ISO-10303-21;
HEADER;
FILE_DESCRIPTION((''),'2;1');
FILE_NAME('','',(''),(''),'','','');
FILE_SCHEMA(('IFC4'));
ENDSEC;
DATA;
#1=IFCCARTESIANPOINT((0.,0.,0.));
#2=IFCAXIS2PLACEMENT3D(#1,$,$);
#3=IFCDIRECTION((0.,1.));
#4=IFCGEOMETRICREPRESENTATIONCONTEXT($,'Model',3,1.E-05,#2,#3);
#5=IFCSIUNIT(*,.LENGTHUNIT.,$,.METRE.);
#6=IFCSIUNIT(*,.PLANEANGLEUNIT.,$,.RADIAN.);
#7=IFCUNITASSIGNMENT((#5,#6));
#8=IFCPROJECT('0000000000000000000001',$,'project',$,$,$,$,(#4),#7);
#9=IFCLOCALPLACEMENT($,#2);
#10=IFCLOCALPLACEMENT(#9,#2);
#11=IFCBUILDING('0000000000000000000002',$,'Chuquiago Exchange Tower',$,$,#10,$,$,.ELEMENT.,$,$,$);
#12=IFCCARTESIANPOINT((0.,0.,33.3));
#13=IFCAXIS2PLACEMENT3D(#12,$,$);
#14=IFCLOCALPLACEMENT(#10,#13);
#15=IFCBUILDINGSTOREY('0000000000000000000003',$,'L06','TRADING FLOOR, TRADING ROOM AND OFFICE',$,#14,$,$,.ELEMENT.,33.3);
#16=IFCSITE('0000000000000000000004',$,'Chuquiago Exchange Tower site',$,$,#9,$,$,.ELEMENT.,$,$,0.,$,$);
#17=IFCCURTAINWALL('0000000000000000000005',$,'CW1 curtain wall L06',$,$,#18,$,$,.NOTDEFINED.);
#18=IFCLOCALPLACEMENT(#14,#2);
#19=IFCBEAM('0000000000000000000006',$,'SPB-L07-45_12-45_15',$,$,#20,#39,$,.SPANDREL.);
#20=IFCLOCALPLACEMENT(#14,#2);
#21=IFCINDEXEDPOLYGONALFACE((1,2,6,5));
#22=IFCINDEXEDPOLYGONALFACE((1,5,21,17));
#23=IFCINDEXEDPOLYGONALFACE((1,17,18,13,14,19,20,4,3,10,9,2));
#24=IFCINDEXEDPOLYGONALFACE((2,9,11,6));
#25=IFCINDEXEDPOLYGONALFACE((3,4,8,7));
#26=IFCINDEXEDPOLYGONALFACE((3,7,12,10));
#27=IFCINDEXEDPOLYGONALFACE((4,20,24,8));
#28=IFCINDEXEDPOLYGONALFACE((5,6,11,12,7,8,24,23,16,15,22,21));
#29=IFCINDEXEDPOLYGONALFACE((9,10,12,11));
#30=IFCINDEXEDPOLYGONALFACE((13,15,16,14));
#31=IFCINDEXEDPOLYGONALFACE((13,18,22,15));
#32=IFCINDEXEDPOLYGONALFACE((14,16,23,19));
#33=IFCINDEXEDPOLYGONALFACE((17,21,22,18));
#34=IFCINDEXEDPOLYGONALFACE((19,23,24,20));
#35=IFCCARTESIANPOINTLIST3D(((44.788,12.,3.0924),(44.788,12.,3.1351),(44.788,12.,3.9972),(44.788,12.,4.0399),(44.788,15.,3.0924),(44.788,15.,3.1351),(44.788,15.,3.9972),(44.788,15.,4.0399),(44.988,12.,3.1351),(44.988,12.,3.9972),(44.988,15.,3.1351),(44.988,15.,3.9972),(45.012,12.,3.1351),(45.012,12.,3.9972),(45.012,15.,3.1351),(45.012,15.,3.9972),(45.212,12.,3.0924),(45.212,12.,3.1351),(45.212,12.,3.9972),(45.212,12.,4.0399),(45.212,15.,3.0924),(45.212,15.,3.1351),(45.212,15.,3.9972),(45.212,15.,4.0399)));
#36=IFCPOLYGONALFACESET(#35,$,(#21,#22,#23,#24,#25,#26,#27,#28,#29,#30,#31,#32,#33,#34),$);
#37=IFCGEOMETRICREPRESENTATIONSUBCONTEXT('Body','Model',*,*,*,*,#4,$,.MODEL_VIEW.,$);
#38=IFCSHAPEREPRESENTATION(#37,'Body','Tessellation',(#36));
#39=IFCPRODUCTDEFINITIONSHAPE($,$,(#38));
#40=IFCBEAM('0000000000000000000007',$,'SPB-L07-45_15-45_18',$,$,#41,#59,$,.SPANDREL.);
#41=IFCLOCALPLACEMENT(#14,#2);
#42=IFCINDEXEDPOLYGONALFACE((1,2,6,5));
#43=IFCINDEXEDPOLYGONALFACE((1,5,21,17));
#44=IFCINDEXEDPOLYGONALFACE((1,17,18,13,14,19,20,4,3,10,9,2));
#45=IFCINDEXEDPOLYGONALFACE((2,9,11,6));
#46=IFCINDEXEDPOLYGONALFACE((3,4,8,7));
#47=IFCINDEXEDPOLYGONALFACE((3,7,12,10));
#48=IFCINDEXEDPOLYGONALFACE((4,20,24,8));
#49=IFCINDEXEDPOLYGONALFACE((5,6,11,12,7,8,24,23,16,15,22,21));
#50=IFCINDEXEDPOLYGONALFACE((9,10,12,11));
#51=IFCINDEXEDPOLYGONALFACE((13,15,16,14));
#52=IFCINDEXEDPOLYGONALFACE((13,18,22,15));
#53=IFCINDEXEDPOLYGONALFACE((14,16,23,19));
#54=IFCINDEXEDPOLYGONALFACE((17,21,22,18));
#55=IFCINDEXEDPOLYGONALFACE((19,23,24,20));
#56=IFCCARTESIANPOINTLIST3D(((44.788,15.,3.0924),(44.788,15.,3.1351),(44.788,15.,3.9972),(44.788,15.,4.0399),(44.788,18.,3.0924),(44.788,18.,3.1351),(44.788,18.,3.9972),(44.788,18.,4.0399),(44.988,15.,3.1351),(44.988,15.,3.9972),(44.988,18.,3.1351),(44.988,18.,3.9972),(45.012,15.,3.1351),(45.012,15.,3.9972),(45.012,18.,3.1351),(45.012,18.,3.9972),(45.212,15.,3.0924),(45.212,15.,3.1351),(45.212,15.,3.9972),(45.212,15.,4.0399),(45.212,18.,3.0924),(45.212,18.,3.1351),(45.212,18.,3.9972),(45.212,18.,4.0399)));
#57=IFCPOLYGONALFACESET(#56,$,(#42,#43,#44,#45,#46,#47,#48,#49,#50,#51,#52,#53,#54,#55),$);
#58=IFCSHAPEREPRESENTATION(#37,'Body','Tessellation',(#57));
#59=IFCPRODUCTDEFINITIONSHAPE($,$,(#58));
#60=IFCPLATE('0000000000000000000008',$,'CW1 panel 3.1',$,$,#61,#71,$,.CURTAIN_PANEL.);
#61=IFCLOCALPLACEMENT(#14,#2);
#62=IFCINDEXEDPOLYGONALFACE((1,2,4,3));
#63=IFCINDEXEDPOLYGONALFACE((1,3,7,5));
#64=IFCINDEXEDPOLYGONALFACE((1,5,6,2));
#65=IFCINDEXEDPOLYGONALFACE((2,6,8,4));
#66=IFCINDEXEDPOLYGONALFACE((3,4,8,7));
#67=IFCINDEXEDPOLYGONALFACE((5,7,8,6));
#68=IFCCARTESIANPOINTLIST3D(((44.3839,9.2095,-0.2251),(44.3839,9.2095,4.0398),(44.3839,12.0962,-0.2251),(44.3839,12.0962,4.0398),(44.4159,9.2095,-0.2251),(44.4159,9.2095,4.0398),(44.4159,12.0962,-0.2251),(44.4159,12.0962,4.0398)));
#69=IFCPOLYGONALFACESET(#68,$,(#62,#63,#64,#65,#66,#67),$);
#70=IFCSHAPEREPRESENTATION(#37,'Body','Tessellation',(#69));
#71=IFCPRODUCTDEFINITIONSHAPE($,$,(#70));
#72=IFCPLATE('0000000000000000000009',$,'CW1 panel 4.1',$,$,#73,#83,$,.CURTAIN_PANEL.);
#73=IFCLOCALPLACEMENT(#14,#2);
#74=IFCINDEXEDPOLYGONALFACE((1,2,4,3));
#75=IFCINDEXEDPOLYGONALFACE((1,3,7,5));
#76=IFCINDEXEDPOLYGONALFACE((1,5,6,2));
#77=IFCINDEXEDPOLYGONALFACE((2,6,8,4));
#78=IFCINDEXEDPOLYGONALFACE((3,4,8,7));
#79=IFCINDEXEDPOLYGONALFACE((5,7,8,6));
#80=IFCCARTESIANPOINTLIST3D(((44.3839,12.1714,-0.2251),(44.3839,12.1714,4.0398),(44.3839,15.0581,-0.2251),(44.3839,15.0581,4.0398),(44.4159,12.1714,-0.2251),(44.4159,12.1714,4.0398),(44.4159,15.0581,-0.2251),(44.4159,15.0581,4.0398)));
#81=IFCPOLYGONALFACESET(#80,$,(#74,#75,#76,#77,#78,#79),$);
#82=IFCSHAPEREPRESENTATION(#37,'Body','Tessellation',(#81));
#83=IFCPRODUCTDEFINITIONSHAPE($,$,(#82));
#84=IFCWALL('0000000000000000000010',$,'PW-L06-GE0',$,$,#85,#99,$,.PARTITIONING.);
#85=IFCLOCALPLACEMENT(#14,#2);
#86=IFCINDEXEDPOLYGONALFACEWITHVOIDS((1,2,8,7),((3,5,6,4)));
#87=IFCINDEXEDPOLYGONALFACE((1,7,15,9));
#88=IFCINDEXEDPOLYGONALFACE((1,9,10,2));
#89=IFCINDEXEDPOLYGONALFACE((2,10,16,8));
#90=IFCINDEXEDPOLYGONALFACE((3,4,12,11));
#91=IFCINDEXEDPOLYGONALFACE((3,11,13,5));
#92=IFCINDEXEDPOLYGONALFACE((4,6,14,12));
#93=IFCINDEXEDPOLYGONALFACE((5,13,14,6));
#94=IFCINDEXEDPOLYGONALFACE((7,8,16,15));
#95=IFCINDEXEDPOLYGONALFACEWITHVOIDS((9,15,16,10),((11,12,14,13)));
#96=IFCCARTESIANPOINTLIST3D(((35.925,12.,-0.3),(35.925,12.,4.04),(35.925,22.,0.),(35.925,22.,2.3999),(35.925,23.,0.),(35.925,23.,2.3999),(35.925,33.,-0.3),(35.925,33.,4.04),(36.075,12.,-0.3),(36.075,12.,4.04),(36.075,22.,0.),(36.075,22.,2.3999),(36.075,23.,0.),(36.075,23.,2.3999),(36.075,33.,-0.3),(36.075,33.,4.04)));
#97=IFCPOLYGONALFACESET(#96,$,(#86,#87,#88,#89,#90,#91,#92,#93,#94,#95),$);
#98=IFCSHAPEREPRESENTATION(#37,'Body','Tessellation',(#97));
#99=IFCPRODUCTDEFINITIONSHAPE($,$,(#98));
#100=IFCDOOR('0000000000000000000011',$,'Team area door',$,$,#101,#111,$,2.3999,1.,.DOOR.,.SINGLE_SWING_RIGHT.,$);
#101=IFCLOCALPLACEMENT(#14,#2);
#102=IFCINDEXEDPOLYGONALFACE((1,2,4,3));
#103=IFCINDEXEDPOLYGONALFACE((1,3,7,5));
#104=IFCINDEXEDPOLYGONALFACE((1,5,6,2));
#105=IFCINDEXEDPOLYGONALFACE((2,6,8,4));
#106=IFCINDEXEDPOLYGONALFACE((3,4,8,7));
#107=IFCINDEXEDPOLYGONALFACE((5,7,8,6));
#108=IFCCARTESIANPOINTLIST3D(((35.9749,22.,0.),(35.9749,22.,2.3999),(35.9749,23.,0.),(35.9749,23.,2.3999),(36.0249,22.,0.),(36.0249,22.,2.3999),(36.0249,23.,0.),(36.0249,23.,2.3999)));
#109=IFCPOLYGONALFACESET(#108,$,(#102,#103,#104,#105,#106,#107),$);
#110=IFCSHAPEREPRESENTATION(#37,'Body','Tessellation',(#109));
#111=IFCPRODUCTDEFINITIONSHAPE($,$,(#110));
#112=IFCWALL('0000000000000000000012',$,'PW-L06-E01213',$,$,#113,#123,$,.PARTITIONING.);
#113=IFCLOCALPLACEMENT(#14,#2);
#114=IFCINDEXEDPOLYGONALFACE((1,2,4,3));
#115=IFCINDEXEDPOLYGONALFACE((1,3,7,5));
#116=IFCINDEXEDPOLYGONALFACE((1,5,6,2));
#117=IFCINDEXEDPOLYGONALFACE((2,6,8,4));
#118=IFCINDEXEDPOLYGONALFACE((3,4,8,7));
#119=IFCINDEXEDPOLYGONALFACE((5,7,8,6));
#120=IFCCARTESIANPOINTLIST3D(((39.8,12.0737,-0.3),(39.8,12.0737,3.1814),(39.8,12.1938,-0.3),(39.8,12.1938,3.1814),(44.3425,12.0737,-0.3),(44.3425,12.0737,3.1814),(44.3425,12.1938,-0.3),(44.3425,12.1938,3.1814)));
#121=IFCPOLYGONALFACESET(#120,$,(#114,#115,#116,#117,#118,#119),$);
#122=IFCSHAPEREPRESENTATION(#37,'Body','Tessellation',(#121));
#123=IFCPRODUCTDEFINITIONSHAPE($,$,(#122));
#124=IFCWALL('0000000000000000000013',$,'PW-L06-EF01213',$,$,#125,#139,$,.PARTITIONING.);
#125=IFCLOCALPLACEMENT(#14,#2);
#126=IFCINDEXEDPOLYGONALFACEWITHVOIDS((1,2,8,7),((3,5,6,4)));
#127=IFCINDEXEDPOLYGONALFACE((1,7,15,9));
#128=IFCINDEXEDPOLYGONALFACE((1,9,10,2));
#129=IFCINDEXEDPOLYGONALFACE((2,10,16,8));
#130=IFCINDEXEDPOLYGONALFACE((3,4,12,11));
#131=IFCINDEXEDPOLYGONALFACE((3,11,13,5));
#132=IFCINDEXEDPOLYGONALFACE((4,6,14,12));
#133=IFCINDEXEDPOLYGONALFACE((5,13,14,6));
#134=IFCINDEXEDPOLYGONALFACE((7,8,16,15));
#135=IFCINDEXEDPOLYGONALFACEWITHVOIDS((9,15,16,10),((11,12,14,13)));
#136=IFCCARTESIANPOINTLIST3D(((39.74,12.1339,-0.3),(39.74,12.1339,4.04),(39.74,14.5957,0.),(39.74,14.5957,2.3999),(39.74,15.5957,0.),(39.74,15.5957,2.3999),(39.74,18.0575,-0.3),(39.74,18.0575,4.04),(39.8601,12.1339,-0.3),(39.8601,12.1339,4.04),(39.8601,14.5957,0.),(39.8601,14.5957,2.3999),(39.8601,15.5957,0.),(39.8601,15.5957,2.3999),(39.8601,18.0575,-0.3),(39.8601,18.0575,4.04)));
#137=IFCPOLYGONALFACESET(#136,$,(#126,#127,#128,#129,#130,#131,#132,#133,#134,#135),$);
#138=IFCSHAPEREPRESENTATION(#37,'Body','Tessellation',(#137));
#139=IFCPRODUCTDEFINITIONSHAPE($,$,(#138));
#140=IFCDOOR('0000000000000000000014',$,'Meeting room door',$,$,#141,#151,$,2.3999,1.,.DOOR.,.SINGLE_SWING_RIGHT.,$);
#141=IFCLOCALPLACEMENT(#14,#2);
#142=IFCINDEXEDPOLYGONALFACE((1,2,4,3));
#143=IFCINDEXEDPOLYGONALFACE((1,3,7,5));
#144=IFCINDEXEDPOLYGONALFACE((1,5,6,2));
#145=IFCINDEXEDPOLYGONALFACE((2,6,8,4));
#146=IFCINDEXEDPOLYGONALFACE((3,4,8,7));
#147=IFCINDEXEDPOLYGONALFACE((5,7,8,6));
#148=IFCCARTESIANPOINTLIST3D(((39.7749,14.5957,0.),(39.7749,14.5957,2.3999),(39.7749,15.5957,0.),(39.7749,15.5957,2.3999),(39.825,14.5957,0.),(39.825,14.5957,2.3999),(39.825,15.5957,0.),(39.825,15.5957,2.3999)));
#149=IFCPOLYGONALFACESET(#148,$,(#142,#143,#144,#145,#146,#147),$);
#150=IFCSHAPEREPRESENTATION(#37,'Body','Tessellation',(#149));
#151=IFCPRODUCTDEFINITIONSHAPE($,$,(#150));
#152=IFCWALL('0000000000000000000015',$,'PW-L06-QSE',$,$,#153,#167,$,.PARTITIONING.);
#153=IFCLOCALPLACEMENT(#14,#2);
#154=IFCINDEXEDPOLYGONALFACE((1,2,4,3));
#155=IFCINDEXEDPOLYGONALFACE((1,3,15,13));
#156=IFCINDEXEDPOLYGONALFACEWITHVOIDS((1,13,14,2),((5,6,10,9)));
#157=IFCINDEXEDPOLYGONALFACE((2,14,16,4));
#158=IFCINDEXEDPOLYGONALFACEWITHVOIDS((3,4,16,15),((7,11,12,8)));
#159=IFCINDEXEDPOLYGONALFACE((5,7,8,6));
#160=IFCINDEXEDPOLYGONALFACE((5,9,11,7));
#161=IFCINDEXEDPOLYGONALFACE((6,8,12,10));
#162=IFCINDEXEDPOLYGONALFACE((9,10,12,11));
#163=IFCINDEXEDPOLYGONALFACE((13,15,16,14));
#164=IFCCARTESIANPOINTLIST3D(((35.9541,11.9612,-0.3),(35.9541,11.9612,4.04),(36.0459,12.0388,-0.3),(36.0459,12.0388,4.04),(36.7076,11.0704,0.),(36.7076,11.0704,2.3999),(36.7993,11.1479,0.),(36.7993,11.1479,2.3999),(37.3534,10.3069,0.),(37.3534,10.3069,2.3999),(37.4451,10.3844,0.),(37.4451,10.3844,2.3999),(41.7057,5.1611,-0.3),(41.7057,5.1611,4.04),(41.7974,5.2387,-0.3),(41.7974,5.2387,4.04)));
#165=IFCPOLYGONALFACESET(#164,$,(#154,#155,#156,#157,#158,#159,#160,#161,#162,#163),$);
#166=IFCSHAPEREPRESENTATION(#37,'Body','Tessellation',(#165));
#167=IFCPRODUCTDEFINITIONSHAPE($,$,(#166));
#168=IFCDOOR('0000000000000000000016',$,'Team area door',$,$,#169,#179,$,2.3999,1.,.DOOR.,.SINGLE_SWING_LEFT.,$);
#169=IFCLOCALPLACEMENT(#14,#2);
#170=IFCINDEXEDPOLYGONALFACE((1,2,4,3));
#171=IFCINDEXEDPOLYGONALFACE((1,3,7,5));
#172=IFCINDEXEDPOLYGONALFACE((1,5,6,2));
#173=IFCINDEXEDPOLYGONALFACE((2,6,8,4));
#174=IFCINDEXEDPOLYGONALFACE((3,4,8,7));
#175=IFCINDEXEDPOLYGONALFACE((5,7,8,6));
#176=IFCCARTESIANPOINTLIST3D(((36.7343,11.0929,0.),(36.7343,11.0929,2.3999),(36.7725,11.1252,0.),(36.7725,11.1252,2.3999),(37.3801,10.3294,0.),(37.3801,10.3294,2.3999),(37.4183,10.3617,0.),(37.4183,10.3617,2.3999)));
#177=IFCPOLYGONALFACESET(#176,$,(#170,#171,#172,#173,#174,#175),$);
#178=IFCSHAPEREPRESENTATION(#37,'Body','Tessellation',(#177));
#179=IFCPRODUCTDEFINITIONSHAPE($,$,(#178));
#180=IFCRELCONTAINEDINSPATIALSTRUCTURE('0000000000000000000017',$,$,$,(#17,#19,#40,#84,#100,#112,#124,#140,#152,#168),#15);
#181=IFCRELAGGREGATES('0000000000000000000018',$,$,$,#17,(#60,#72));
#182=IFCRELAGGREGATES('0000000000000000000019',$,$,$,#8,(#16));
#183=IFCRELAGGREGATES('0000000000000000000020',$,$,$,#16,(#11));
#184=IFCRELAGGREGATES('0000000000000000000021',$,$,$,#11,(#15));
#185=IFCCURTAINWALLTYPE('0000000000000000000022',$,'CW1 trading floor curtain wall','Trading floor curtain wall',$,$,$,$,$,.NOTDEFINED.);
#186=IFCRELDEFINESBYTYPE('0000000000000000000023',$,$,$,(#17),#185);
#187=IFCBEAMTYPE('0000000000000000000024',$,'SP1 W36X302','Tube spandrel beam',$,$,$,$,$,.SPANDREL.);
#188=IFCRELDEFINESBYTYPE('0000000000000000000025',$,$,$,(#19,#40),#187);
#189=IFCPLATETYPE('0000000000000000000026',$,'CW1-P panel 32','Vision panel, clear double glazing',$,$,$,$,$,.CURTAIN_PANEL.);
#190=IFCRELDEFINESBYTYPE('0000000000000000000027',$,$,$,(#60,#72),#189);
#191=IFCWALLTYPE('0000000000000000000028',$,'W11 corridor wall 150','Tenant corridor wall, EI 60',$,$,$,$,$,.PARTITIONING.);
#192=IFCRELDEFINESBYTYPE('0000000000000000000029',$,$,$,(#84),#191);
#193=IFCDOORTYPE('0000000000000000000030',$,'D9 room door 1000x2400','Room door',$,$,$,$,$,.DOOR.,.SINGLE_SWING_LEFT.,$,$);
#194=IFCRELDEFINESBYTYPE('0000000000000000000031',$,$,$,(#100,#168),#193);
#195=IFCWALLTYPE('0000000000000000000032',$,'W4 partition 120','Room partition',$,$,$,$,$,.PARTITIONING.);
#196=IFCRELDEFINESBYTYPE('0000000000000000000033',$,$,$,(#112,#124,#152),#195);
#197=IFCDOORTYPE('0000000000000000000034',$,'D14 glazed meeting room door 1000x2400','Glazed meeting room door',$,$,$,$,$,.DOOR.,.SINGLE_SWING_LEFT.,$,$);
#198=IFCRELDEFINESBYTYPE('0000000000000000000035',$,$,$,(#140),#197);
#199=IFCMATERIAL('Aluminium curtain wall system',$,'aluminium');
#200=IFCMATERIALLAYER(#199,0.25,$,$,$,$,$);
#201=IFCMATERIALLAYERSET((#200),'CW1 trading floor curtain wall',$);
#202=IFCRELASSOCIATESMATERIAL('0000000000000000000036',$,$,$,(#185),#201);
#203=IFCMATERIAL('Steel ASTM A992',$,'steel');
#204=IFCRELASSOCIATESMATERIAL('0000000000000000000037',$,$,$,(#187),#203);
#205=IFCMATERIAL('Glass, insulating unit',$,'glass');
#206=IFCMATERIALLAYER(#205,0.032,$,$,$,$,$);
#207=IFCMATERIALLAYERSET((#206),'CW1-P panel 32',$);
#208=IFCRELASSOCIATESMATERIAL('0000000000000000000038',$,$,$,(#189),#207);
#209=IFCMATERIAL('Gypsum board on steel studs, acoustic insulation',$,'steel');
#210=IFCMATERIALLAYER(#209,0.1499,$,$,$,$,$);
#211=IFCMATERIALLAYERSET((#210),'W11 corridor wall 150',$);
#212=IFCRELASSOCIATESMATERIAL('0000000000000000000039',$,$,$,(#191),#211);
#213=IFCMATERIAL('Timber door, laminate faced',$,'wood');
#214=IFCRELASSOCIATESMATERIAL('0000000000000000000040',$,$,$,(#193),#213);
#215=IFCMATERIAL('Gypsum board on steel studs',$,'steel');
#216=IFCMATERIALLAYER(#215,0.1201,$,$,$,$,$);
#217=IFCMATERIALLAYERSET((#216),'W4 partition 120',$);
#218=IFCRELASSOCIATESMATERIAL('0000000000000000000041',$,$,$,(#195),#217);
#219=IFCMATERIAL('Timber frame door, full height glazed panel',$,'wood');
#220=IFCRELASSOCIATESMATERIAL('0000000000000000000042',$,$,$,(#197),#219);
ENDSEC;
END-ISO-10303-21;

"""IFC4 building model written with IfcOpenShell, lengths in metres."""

from ifc_helpers import new_model, si_unit, direction, frame, frame_2d, origin, origin_2d, place, context, subcontext, project, spatial, rectangle, i_section, extrude, material, layer, layer_set, material_profile, profile_set, type_object, element, fill, aggregate, save


model = new_model("IFC4")

# Units and contexts
model_context = context("Model", 3, precision=1e-05, world=origin(), true_north=direction((0.0, 1.0)))
body_context = subcontext(model_context, "Body", "Model", "MODEL_VIEW")
ifc_project = project(units=[si_unit("LENGTHUNIT", "METRE"), si_unit("PLANEANGLEUNIT", "RADIAN")], contexts=[model_context])

# Site, building, storey
site_placement = place(None, origin())
site = spatial("IfcSite", under=ifc_project, at=site_placement, Name="Chuquiago Exchange Tower site", CompositionType="ELEMENT", RefElevation=0.0)
building_placement = place(site_placement, origin())
building = spatial("IfcBuilding", under=site, at=building_placement, Name="Chuquiago Exchange Tower", CompositionType="ELEMENT")
storey_placement = place(building_placement, frame((0.0, 0.0, 33.3)))
storey = spatial("IfcBuildingStorey", under=building, at=storey_placement, Name="L06", Description="TRADING FLOOR, TRADING ROOM AND OFFICE", CompositionType="ELEMENT", Elevation=33.3)

# Curtain wall
ifc_material_1 = material(Name="Aluminium curtain wall system", Category="aluminium")
ifc_layer_1 = layer(ifc_material_1, 0.25)
ifc_layer_set_1 = layer_set([ifc_layer_1], Name="CW1 trading floor curtain wall")
curtain_wall_type = type_object("IfcCurtainWallType", Name="CW1 trading floor curtain wall", Description="Trading floor curtain wall", PredefinedType="NOTDEFINED", material=ifc_layer_set_1)
curtain_wall_placement = place(storey_placement, origin())
curtain_wall = element("IfcCurtainWall", 1, at=curtain_wall_placement, inside=storey, type_object=curtain_wall_type, Name="CW1 curtain wall L06", PredefinedType="NOTDEFINED")

# Beams
ifc_material_2 = material(Name="Steel ASTM A992", Category="steel")
ifc_material_profile_1 = material_profile(ifc_material_2, i_section(OverallWidth=0.4241, OverallDepth=0.9475, WebThickness=0.0239, FlangeThickness=0.0427, at=origin_2d()), Name="W36X302")
ifc_profile_set_1 = profile_set([ifc_material_profile_1], Name="Steel ASTM A992")
beam_type = type_object("IfcBeamType", Name="SP1 W36X302", Description="Tube spandrel beam", PredefinedType="SPANDREL", material=ifc_profile_set_1)
for number, where, z_axis, x_axis, name in (
    (2, (45.0, 12.0, 3.5662), (0.0, 1.0, 0.0), (-1.0, 0.0, 0.0), "SPB-L07-45_12-45_15"),
    (3, (45.0, 15.0, 3.5662), (0.0, 1.0, 0.0), (-1.0, 0.0, 0.0), "SPB-L07-45_15-45_18"),
):
    element("IfcBeam", number, at=place(storey_placement, frame(where, z_axis=z_axis, x_axis=x_axis)), inside=storey, type_object=beam_type, Name=name, PredefinedType="SPANDREL", context=body_context, shape_type="SweptSolid", body=[
        extrude(i_section(OverallWidth=0.4241, OverallDepth=0.9475, WebThickness=0.0239, FlangeThickness=0.0427, at=origin_2d()), origin(), (0.0, 0.0, 1.0), 3.0),
    ])

# Plates
ifc_material_3 = material(Name="Glass, insulating unit", Category="glass")
ifc_layer_2 = layer(ifc_material_3, 0.032)
ifc_layer_set_2 = layer_set([ifc_layer_2], Name="CW1-P panel 32")
plate_type = type_object("IfcPlateType", Name="CW1-P panel 32", Description="Vision panel, clear double glazing", PredefinedType="CURTAIN_PANEL", material=ifc_layer_set_2)
plate_1_placement = place(storey_placement, frame((44.3999, 10.6528, -0.2251), z_axis=(0.0, 0.0, 1.0), x_axis=(0.0, 1.0, 0.0)))
plate_1 = element("IfcPlate", 4, at=plate_1_placement, type_object=plate_type, Name="CW1 panel 3.1", PredefinedType="CURTAIN_PANEL", context=body_context, shape_type="SweptSolid", body=[
    extrude(rectangle(XDim=2.8867, YDim=0.032, at=origin_2d()), origin(), (0.0, 0.0, 1.0), 4.2649),
])
plate_2_placement = place(storey_placement, frame((44.3999, 13.6147, -0.2251), z_axis=(0.0, 0.0, 1.0), x_axis=(0.0, 1.0, 0.0)))
plate_2 = element("IfcPlate", 5, at=plate_2_placement, type_object=plate_type, Name="CW1 panel 4.1", PredefinedType="CURTAIN_PANEL", context=body_context, shape_type="SweptSolid", body=[
    extrude(rectangle(XDim=2.8867, YDim=0.032, at=origin_2d()), origin(), (0.0, 0.0, 1.0), 4.2649),
])
aggregate(curtain_wall, [plate_1, plate_2])

# Wall, opening, door
ifc_material_4 = material(Name="Gypsum board on steel studs, acoustic insulation", Category="steel")
ifc_layer_3 = layer(ifc_material_4, 0.1499)
ifc_layer_set_3 = layer_set([ifc_layer_3], Name="W11 corridor wall 150")
wall_type_1 = type_object("IfcWallType", Name="W11 corridor wall 150", Description="Tenant corridor wall, EI 60", PredefinedType="PARTITIONING", material=ifc_layer_set_3)
wall_1_placement = place(storey_placement, frame((36.0, 12.0, -0.3), z_axis=(0.0, 0.0, 1.0), x_axis=(0.0, 1.0, 0.0)))
wall_1 = element("IfcWall", 6, at=wall_1_placement, inside=storey, type_object=wall_type_1, Name="PW-L06-GE0", PredefinedType="PARTITIONING", context=body_context, shape_type="SweptSolid", body=[
    extrude(rectangle(XDim=21.0, YDim=0.1499, at=frame_2d((10.5, 0.0))), origin(), (0.0, 0.0, 1.0), 4.3401),
])
opening_1_placement = place(wall_1_placement, frame((10.0, 0.0, 0.3)))
opening_1 = element("IfcOpeningElement", 7, at=opening_1_placement, cuts=wall_1, PredefinedType="OPENING", context=body_context, shape_type="SweptSolid", body=[
    extrude(rectangle(XDim=1.0, YDim=2.3999, at=frame_2d((0.5, 1.2))), frame((0.0, 0.085, 0.0), z_axis=(0.0, -1.0, 0.0), x_axis=(1.0, 0.0, 0.0)), (0.0, 0.0, 1.0), 0.1699),
])
ifc_material_5 = material(Name="Timber door, laminate faced", Category="wood")
door_type_1 = type_object("IfcDoorType", Name="D9 room door 1000x2400", Description="Room door", OperationType="SINGLE_SWING_LEFT", PredefinedType="DOOR", material=ifc_material_5)
door_1_placement = place(opening_1_placement, frame((1.0, 0.0, 0.0), z_axis=(0.0, 0.0, 1.0), x_axis=(-1.0, 0.0, 0.0)))
door_1 = element("IfcDoor", 8, at=door_1_placement, inside=storey, type_object=door_type_1, Name="Team area door", OperationType="SINGLE_SWING_RIGHT", OverallHeight=2.3999, OverallWidth=1.0, PredefinedType="DOOR", context=body_context, shape_type="SweptSolid", body=[
    extrude(rectangle(XDim=1.0, YDim=2.3999, at=frame_2d((0.5, 1.2))), frame((0.0, 0.0249, 0.0), z_axis=(0.0, -1.0, 0.0), x_axis=(1.0, 0.0, 0.0)), (0.0, 0.0, 1.0), 0.05),
])
fill(opening_1, door_1)

# Wall
ifc_material_6 = material(Name="Gypsum board on steel studs", Category="steel")
ifc_layer_4 = layer(ifc_material_6, 0.1201)
ifc_layer_set_4 = layer_set([ifc_layer_4], Name="W4 partition 120")
wall_type_2 = type_object("IfcWallType", Name="W4 partition 120", Description="Room partition", PredefinedType="PARTITIONING", material=ifc_layer_set_4)
wall_2_placement = place(storey_placement, frame((44.3425, 12.1338, -0.3), z_axis=(0.0, 0.0, 1.0), x_axis=(-1.0, 0.0, 0.0)))
element("IfcWall", 9, at=wall_2_placement, inside=storey, type_object=wall_type_2, Name="PW-L06-E01213", PredefinedType="PARTITIONING", context=body_context, shape_type="SweptSolid", body=[
    extrude(rectangle(XDim=4.5425, YDim=0.1201, at=frame_2d((2.2712, 0.0))), origin(), (0.0, 0.0, 1.0), 3.4814),
])

# Walls, openings, doors
wall_3_placement = place(storey_placement, frame((39.8, 12.1338, -0.3), z_axis=(0.0, 0.0, 1.0), x_axis=(0.0, 1.0, 0.0)))
wall_3 = element("IfcWall", 10, at=wall_3_placement, inside=storey, type_object=wall_type_2, Name="PW-L06-EF01213", PredefinedType="PARTITIONING", context=body_context, shape_type="SweptSolid", body=[
    extrude(rectangle(XDim=5.9236, YDim=0.1201, at=frame_2d((2.9619, 0.0))), origin(), (0.0, 0.0, 1.0), 4.3401),
])
opening_2_placement = place(wall_3_placement, frame((2.4619, 0.0, 0.3)))
opening_2 = element("IfcOpeningElement", 11, at=opening_2_placement, cuts=wall_3, PredefinedType="OPENING", context=body_context, shape_type="SweptSolid", body=[
    extrude(rectangle(XDim=1.0, YDim=2.3999, at=frame_2d((0.5, 1.2))), frame((0.0, 0.0701, 0.0), z_axis=(0.0, -1.0, 0.0), x_axis=(1.0, 0.0, 0.0)), (0.0, 0.0, 1.0), 0.1401),
])
ifc_material_7 = material(Name="Timber frame door, full height glazed panel", Category="wood")
door_type_2 = type_object("IfcDoorType", Name="D14 glazed meeting room door 1000x2400", Description="Glazed meeting room door", OperationType="SINGLE_SWING_LEFT", PredefinedType="DOOR", material=ifc_material_7)
door_2_placement = place(opening_2_placement, frame((1.0, 0.0, 0.0), z_axis=(0.0, 0.0, 1.0), x_axis=(-1.0, 0.0, 0.0)))
door_2 = element("IfcDoor", 12, at=door_2_placement, inside=storey, type_object=door_type_2, Name="Meeting room door", OperationType="SINGLE_SWING_RIGHT", OverallHeight=2.3999, OverallWidth=1.0, PredefinedType="DOOR", context=body_context, shape_type="SweptSolid", body=[
    extrude(rectangle(XDim=1.0, YDim=2.3999, at=frame_2d((0.5, 1.2))), frame((0.0, 0.0249, 0.0), z_axis=(0.0, -1.0, 0.0), x_axis=(1.0, 0.0, 0.0)), (0.0, 0.0, 1.0), 0.05),
])
fill(opening_2, door_2)
wall_4_placement = place(storey_placement, frame((36.0, 12.0, -0.3), z_axis=(0.0, 0.0, 1.0), x_axis=(0.645784, -0.76352, 0.0)))
wall_4 = element("IfcWall", 13, at=wall_4_placement, inside=storey, type_object=wall_type_2, Name="PW-L06-QSE", PredefinedType="PARTITIONING", context=body_context, shape_type="SweptSolid", body=[
    extrude(rectangle(XDim=8.9062, YDim=0.1201, at=frame_2d((4.4531, 0.0))), origin(), (0.0, 0.0, 1.0), 4.3401),
])
opening_3_placement = place(wall_4_placement, frame((1.1667, 0.0, 0.3)))
opening_3 = element("IfcOpeningElement", 14, at=opening_3_placement, cuts=wall_4, PredefinedType="OPENING", context=body_context, shape_type="SweptSolid", body=[
    extrude(rectangle(XDim=1.0, YDim=2.3999, at=frame_2d((0.5, 1.2))), frame((0.0, 0.0701, 0.0), z_axis=(0.0, -1.0, 0.0), x_axis=(1.0, 0.0, 0.0)), (0.0, 0.0, 1.0), 0.1401),
])
door_3_placement = place(opening_3_placement, origin())
door_3 = element("IfcDoor", 15, at=door_3_placement, inside=storey, type_object=door_type_1, Name="Team area door", OperationType="SINGLE_SWING_LEFT", OverallHeight=2.3999, OverallWidth=1.0, PredefinedType="DOOR", context=body_context, shape_type="SweptSolid", body=[
    extrude(rectangle(XDim=1.0, YDim=2.3999, at=frame_2d((0.5, 1.2))), frame((0.0, 0.0249, 0.0), z_axis=(0.0, -1.0, 0.0), x_axis=(1.0, 0.0, 0.0)), (0.0, 0.0, 1.0), 0.05),
])
fill(opening_3, door_3)

save(model, "model.ifc")
